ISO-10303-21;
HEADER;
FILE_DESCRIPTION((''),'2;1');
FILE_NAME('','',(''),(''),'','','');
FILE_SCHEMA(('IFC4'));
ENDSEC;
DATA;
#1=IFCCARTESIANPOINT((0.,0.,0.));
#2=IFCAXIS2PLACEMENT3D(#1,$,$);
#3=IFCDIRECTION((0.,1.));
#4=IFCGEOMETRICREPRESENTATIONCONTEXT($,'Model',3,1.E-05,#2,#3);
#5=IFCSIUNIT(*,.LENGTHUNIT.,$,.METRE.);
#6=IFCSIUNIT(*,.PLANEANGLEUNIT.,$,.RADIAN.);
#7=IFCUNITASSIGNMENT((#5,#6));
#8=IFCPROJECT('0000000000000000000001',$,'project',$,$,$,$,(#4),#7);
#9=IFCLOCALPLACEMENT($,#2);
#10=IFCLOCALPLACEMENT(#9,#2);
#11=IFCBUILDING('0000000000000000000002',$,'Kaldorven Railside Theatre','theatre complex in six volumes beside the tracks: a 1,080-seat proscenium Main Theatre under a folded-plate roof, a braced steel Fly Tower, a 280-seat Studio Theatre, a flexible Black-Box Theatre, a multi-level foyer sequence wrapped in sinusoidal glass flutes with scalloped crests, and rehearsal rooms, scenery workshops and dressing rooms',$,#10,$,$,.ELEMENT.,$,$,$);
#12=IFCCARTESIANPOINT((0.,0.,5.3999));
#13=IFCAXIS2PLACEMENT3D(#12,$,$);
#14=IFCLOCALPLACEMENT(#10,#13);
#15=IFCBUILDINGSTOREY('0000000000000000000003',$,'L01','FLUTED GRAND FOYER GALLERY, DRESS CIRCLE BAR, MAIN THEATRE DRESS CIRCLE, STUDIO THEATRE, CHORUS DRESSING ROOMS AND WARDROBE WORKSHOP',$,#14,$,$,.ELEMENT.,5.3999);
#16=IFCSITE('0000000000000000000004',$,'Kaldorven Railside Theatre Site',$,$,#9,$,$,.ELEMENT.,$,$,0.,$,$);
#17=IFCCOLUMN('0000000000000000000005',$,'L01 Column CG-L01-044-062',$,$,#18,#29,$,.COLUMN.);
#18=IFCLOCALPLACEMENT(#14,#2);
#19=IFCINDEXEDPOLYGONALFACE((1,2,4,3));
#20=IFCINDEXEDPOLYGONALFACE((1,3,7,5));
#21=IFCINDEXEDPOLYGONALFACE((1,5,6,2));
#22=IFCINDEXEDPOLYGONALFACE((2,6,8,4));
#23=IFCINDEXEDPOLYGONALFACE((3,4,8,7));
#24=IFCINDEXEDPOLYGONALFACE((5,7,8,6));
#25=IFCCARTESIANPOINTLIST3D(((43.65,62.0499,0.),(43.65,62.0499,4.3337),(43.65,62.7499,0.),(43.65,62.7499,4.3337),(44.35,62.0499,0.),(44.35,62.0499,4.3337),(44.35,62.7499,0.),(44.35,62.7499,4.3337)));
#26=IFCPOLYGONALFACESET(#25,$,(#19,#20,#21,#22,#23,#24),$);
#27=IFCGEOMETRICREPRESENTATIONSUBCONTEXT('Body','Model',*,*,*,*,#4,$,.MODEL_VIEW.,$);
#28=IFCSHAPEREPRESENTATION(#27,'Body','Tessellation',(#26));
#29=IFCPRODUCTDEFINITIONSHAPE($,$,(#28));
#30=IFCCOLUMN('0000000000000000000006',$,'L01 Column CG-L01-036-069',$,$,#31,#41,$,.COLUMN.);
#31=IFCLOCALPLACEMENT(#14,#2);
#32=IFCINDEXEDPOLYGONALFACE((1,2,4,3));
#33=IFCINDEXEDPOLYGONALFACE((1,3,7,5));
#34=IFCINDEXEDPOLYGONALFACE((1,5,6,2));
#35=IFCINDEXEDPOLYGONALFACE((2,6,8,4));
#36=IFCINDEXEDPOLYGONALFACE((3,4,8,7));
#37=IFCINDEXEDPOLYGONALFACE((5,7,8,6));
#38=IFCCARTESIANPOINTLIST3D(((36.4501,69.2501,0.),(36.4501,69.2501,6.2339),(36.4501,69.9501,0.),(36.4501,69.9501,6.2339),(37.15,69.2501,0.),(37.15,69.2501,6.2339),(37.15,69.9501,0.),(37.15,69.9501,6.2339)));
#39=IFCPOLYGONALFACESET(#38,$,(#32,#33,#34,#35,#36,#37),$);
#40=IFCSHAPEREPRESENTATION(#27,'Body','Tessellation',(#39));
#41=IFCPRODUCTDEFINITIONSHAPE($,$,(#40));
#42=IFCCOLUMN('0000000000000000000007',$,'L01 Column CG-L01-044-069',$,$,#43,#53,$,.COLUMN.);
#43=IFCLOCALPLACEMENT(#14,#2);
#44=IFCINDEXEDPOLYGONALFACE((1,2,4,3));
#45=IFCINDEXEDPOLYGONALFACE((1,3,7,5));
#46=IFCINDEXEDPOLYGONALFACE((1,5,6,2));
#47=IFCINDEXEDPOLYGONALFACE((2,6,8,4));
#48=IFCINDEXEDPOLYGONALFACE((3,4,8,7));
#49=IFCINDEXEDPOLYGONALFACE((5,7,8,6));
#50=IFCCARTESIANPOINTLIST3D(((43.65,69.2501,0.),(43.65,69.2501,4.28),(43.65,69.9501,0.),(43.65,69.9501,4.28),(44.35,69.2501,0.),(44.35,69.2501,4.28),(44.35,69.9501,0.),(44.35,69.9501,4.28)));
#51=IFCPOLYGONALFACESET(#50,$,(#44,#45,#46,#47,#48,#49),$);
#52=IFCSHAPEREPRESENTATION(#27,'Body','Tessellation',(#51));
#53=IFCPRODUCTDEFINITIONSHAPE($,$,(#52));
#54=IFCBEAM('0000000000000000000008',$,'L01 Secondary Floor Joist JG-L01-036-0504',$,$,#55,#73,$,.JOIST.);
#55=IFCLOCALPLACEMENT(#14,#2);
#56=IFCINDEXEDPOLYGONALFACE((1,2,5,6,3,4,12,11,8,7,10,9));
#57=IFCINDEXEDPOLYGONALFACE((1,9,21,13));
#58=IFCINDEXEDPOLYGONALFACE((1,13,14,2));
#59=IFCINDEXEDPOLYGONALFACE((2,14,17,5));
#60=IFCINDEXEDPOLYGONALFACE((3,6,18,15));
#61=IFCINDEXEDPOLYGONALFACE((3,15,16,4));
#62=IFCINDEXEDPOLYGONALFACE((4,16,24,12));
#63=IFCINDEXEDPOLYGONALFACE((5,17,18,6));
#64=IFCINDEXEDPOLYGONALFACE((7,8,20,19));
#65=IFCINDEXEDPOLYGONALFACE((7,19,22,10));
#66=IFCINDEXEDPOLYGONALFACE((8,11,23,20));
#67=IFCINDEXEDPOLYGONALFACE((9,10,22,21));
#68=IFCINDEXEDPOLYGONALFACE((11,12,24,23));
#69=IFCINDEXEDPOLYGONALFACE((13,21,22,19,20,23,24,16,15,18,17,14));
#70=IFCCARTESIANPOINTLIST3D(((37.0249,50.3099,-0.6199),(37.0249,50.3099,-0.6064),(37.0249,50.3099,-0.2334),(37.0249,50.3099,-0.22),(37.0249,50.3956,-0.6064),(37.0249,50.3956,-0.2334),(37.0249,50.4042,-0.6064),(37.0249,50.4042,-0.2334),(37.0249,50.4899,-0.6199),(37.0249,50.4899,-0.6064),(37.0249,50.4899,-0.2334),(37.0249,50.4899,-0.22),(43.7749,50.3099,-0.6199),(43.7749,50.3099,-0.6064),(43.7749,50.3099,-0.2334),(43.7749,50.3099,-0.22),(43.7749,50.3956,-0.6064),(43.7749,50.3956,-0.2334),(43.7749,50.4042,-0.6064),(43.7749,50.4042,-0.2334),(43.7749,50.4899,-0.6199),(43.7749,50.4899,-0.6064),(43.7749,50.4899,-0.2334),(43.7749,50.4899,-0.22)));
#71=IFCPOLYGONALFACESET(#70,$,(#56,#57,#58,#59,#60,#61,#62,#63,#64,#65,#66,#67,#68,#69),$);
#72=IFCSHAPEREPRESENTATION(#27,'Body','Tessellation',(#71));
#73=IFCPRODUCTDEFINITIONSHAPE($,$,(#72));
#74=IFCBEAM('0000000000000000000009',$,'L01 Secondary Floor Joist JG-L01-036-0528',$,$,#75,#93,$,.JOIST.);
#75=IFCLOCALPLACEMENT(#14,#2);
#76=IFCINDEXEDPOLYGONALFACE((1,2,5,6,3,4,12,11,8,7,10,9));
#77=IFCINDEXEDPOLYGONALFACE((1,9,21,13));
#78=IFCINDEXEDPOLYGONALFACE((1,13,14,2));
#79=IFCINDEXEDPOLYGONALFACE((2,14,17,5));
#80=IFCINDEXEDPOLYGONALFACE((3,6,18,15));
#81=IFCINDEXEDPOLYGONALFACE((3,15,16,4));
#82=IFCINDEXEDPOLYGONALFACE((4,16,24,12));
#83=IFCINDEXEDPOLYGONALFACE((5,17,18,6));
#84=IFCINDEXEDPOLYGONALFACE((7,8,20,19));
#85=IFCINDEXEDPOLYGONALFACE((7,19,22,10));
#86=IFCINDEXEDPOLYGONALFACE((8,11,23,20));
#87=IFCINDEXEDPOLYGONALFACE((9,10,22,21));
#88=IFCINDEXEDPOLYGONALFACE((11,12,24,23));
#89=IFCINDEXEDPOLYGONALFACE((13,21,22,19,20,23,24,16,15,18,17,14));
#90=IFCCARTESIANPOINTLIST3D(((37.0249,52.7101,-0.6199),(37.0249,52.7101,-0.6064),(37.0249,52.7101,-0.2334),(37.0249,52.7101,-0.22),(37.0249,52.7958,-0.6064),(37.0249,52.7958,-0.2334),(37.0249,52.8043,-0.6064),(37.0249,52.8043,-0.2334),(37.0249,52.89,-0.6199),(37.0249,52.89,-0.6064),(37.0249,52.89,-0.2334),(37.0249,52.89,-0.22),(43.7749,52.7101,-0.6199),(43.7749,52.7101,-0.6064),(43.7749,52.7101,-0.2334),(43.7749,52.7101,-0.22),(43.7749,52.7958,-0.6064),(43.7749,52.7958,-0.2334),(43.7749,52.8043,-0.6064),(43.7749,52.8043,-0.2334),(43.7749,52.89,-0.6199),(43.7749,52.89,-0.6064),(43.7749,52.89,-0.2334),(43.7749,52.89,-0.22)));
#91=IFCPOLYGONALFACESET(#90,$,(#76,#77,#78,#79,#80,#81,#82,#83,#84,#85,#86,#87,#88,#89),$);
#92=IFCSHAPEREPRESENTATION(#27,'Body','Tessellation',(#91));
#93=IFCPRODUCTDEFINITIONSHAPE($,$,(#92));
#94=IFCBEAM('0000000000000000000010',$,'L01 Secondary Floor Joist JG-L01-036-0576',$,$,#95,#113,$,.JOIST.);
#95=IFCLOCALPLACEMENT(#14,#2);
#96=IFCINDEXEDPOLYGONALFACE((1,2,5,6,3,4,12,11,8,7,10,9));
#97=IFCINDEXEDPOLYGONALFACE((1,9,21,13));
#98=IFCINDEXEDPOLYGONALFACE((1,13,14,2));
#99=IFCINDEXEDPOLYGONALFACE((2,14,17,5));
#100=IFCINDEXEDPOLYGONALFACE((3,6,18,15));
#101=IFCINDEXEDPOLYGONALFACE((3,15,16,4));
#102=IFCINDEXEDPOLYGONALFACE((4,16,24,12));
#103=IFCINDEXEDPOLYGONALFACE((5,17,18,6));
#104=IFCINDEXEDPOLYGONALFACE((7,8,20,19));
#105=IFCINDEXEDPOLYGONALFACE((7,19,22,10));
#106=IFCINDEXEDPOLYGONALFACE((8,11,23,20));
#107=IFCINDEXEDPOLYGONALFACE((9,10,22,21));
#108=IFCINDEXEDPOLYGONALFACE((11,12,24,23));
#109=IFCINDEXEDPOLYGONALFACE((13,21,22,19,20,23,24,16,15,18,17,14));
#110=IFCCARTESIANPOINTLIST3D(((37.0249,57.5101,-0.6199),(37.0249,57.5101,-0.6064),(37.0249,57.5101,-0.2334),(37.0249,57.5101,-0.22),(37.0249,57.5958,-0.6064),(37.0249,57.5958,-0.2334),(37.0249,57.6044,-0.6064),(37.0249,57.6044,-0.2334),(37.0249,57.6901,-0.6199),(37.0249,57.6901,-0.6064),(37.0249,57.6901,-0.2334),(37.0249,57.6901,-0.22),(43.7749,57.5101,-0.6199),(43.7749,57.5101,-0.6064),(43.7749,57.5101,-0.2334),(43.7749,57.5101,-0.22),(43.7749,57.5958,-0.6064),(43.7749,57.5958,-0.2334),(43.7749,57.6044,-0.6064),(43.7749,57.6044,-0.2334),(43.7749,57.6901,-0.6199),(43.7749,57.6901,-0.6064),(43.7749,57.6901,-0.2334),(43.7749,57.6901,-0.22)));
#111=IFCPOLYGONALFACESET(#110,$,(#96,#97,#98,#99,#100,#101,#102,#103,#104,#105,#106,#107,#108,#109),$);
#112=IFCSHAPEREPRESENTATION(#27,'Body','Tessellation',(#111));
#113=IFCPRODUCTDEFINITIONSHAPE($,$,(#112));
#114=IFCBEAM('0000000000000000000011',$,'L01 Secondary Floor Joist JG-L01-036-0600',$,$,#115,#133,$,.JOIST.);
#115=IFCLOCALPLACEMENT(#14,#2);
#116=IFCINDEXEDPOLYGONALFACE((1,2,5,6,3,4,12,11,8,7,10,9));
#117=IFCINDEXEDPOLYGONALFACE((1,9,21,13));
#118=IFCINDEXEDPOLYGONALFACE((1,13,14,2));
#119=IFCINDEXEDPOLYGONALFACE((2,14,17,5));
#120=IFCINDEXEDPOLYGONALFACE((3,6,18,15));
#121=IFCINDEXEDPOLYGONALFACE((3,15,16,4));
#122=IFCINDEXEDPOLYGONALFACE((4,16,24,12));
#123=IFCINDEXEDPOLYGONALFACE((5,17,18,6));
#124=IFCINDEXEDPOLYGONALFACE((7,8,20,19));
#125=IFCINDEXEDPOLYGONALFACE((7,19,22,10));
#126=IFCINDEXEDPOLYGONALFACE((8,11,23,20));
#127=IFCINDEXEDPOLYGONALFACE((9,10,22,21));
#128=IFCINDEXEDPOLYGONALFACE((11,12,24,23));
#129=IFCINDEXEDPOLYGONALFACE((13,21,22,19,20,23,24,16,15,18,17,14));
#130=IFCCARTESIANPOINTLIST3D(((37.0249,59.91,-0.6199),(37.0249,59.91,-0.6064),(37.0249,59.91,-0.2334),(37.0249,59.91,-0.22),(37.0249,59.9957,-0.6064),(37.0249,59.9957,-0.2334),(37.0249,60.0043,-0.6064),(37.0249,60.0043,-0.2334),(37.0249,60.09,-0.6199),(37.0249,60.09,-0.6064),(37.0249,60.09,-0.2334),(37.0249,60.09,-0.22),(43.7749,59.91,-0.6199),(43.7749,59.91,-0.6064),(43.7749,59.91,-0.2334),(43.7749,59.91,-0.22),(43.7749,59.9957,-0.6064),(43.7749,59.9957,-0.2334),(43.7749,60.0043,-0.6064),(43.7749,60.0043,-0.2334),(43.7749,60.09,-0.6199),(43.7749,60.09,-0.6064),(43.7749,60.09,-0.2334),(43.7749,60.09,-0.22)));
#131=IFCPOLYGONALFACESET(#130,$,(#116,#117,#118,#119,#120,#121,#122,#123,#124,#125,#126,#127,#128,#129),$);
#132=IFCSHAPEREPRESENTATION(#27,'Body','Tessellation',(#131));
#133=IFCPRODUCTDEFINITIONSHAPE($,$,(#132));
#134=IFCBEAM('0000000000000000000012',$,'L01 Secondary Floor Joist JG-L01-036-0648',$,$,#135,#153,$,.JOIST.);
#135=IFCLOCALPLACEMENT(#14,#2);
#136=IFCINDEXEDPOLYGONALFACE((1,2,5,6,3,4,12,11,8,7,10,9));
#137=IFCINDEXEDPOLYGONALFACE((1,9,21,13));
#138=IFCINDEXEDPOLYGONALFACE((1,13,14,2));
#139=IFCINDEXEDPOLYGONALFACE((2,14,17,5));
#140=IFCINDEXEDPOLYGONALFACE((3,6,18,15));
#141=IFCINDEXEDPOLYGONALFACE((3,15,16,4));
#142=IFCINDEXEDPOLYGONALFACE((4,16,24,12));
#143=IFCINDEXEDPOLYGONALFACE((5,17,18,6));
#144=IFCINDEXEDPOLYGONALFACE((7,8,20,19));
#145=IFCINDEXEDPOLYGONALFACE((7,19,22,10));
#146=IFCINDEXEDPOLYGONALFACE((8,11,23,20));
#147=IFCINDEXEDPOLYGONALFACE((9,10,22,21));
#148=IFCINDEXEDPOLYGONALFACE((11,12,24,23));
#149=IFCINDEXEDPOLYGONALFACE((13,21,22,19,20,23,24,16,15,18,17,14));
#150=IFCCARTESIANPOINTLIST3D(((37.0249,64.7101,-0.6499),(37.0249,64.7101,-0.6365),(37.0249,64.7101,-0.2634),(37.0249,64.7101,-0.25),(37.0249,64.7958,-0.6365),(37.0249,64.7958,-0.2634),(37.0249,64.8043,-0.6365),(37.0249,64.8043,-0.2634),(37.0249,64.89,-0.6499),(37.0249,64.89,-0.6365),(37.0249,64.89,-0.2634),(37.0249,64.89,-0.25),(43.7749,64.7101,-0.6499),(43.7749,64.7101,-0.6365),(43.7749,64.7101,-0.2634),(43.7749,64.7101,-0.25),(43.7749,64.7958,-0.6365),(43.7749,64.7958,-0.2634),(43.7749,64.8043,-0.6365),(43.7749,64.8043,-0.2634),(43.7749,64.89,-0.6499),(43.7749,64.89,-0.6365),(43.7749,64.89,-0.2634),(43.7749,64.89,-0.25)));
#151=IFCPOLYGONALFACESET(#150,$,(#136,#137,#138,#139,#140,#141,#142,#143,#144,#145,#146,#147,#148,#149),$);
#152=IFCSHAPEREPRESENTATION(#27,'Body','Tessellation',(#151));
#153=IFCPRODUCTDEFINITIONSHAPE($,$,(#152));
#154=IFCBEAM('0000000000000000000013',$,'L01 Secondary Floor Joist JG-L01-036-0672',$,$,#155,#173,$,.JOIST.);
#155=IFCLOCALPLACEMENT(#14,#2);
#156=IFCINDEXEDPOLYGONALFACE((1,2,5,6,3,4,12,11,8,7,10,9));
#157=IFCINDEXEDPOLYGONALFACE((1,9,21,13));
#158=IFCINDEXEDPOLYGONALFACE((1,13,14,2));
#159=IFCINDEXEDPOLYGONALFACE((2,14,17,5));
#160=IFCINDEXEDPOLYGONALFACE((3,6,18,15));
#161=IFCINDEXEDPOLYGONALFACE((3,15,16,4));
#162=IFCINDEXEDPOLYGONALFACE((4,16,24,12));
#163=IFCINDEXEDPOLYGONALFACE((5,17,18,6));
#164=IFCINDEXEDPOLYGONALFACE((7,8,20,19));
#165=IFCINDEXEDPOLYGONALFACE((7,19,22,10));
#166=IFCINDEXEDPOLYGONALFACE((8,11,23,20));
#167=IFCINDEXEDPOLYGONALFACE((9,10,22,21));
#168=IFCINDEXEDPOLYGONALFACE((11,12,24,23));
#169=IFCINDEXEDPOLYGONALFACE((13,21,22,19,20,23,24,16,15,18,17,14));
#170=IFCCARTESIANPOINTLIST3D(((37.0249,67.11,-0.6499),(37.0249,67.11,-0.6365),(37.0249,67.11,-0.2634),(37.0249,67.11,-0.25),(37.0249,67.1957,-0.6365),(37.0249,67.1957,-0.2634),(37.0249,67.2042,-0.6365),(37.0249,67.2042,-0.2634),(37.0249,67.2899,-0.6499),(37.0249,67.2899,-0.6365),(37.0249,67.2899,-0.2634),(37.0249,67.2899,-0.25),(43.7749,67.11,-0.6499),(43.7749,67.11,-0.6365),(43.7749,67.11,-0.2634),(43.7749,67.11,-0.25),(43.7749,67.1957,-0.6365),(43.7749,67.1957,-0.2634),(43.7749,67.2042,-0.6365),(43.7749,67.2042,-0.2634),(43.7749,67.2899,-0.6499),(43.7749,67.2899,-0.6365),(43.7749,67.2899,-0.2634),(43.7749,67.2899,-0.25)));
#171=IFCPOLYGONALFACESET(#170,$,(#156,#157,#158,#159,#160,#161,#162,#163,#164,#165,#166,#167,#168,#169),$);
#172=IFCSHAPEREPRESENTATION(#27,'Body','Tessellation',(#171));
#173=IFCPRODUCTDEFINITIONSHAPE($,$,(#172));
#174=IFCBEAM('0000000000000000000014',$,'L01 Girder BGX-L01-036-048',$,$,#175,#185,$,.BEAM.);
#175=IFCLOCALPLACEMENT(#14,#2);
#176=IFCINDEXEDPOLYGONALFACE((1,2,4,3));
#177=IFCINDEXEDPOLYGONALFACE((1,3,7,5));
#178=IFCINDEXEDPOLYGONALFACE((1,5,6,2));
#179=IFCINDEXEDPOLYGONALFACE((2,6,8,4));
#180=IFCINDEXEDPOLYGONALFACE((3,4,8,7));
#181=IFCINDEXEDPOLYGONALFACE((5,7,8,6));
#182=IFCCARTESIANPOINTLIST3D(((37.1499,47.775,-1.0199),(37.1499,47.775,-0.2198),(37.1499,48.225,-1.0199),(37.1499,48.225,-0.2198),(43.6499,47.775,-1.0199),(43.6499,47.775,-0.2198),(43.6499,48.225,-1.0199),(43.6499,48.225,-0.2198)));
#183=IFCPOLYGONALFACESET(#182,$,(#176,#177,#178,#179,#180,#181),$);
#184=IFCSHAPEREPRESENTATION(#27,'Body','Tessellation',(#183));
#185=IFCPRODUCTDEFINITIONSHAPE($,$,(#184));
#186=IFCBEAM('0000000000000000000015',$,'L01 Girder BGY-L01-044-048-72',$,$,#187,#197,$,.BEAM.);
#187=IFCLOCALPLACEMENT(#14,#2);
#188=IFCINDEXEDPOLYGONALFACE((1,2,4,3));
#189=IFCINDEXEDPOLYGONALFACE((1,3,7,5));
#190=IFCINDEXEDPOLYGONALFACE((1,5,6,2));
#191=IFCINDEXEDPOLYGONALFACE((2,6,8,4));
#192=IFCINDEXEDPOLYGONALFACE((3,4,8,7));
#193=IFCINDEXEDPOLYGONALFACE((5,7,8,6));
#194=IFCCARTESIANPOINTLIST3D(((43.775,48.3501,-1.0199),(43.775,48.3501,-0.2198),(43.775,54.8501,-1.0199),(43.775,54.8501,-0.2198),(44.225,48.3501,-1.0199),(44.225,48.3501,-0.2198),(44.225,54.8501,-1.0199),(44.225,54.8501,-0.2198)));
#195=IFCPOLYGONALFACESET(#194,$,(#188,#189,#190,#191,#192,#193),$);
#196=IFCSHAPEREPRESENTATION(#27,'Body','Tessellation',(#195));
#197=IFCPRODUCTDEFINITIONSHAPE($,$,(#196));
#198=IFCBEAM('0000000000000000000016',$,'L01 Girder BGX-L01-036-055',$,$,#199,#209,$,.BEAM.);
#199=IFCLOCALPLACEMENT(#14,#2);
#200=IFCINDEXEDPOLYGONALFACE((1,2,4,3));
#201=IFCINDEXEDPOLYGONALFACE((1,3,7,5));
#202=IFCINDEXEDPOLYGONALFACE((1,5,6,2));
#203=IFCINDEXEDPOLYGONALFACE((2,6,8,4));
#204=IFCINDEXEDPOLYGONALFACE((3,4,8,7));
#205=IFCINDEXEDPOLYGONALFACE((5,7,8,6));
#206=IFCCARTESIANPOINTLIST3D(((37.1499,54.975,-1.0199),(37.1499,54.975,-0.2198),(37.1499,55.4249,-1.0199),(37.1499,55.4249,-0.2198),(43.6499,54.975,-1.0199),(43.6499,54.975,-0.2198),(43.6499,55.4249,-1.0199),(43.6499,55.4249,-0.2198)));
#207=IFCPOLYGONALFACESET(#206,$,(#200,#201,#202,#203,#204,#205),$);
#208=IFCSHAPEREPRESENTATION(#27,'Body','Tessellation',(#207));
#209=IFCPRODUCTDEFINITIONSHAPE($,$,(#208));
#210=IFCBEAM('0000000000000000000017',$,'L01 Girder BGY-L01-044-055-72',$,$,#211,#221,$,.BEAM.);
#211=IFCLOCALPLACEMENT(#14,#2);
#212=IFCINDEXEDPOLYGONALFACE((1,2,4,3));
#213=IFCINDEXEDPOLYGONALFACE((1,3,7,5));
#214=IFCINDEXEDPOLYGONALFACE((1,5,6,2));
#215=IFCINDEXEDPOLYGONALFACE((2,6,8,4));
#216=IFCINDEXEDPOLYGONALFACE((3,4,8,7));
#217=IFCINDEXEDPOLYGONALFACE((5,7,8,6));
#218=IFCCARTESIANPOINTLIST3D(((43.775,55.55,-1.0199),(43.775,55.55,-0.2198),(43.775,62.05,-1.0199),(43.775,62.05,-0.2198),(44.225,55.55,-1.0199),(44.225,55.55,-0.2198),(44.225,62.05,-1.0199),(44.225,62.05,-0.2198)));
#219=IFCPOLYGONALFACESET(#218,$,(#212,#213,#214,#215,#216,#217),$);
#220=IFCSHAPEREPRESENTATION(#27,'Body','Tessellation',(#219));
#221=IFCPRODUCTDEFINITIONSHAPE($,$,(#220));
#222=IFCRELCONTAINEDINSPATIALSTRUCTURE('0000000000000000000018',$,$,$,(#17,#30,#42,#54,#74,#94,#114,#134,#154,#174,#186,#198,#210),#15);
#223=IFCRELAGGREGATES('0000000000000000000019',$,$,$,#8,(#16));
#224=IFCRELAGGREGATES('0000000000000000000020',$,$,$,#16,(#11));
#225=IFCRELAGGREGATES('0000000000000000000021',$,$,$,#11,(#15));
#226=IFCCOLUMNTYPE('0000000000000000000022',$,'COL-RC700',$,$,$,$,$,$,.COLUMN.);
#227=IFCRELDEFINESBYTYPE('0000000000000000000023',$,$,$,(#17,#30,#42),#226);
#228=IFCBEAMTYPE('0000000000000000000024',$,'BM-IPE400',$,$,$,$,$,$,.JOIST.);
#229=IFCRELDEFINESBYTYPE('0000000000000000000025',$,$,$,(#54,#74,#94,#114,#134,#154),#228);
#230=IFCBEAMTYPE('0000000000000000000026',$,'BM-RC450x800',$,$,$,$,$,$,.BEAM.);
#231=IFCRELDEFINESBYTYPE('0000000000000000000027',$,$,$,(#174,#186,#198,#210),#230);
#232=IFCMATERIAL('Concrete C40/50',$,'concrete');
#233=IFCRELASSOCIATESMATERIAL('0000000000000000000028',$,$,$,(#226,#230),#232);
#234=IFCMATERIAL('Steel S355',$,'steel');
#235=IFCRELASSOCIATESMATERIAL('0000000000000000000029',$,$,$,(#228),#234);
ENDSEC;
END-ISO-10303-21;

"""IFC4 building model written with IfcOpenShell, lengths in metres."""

from ifc_helpers import new_model, si_unit, direction, frame, origin, origin_2d, place, context, subcontext, project, spatial, rectangle, i_section, extrude, material, material_profile, profile_set, type_object, element, save


model = new_model("IFC4")

# Units and contexts
model_context = context("Model", 3, precision=1e-05, world=origin(), true_north=direction((0.0, 1.0)))
body_context = subcontext(model_context, "Body", "Model", "MODEL_VIEW")
ifc_project = project(units=[si_unit("LENGTHUNIT", "METRE"), si_unit("PLANEANGLEUNIT", "RADIAN")], contexts=[model_context])

# Site, building, storey
site_placement = place(None, origin())
site = spatial("IfcSite", under=ifc_project, at=site_placement, Name="Kaldorven Railside Theatre Site", CompositionType="ELEMENT", RefElevation=0.0)
building_placement = place(site_placement, origin())
building = spatial("IfcBuilding", under=site, at=building_placement, Name="Kaldorven Railside Theatre", Description="theatre complex in six volumes beside the tracks: a 1,080-seat proscenium Main Theatre under a folded-plate roof, a braced steel Fly Tower, a 280-seat Studio Theatre, a flexible Black-Box Theatre, a multi-level foyer sequence wrapped in sinusoidal glass flutes with scalloped crests, and rehearsal rooms, scenery workshops and dressing rooms", CompositionType="ELEMENT")
storey_placement = place(building_placement, frame((0.0, 0.0, 5.3999)))
storey = spatial("IfcBuildingStorey", under=building, at=storey_placement, Name="L01", Description="FLUTED GRAND FOYER GALLERY, DRESS CIRCLE BAR, MAIN THEATRE DRESS CIRCLE, STUDIO THEATRE, CHORUS DRESSING ROOMS AND WARDROBE WORKSHOP", CompositionType="ELEMENT", Elevation=5.3999)

# Columns
ifc_material_1 = material(Name="Concrete C40/50", Category="concrete")
ifc_material_profile_1 = material_profile(ifc_material_1, rectangle(XDim=0.7, YDim=0.7, at=origin_2d()), Name="RC 700x700")
ifc_profile_set_1 = profile_set([ifc_material_profile_1], Name="Concrete C40/50")
column_type = type_object("IfcColumnType", Name="COL-RC700", PredefinedType="COLUMN", material=ifc_profile_set_1)
column_1_placement = place(storey_placement, frame((44.0, 62.3999, 0.0), z_axis=(0.0, 0.0, 1.0), x_axis=(1.0, 0.0, 0.0)))
element("IfcColumn", 1, at=column_1_placement, inside=storey, type_object=column_type, Name="L01 Column CG-L01-044-062", PredefinedType="COLUMN", context=body_context, shape_type="SweptSolid", body=[
    extrude(rectangle(XDim=0.7, YDim=0.7, at=origin_2d()), origin(), (0.0, 0.0, 1.0), 4.3337),
])
column_2_placement = place(storey_placement, frame((36.8, 69.6001, 0.0), z_axis=(0.0, 0.0, 1.0), x_axis=(1.0, 0.0, 0.0)))
element("IfcColumn", 2, at=column_2_placement, inside=storey, type_object=column_type, Name="L01 Column CG-L01-036-069", PredefinedType="COLUMN", context=body_context, shape_type="SweptSolid", body=[
    extrude(rectangle(XDim=0.7, YDim=0.7, at=origin_2d()), origin(), (0.0, 0.0, 1.0), 6.2339),
])
column_3_placement = place(storey_placement, frame((44.0, 69.6001, 0.0), z_axis=(0.0, 0.0, 1.0), x_axis=(0.0, 1.0, 0.0)))
element("IfcColumn", 3, at=column_3_placement, inside=storey, type_object=column_type, Name="L01 Column CG-L01-044-069", PredefinedType="COLUMN", context=body_context, shape_type="SweptSolid", body=[
    extrude(rectangle(XDim=0.7, YDim=0.7, at=origin_2d()), origin(), (0.0, 0.0, 1.0), 4.28),
])

# Beams
ifc_material_2 = material(Name="Steel S355", Category="steel")
ifc_material_profile_2 = material_profile(ifc_material_2, i_section(OverallWidth=0.1799, OverallDepth=0.3999, WebThickness=0.0085, FlangeThickness=0.0134, at=origin_2d()), Name="IPE 400")
ifc_profile_set_2 = profile_set([ifc_material_profile_2], Name="Steel S355")
beam_type_1 = type_object("IfcBeamType", Name="BM-IPE400", PredefinedType="JOIST", material=ifc_profile_set_2)
for number, where, z_axis, x_axis, name in (
    (4, (37.0249, 50.3999, -0.4199), (1.0, 0.0, 0.0), (0.0, 1.0, 0.0), "L01 Secondary Floor Joist JG-L01-036-0504"),
    (5, (37.0249, 52.8, -0.4199), (1.0, 0.0, 0.0), (0.0, 1.0, 0.0), "L01 Secondary Floor Joist JG-L01-036-0528"),
    (6, (37.0249, 57.6001, -0.4199), (1.0, 0.0, 0.0), (0.0, 1.0, 0.0), "L01 Secondary Floor Joist JG-L01-036-0576"),
    (7, (37.0249, 60.0, -0.4199), (1.0, 0.0, 0.0), (0.0, 1.0, 0.0), "L01 Secondary Floor Joist JG-L01-036-0600"),
    (8, (37.0249, 64.8, -0.45), (1.0, 0.0, 0.0), (0.0, 1.0, 0.0), "L01 Secondary Floor Joist JG-L01-036-0648"),
    (9, (37.0249, 67.2, -0.45), (1.0, 0.0, 0.0), (0.0, 1.0, 0.0), "L01 Secondary Floor Joist JG-L01-036-0672"),
):
    element("IfcBeam", number, at=place(storey_placement, frame(where, z_axis=z_axis, x_axis=x_axis)), inside=storey, type_object=beam_type_1, Name=name, PredefinedType="JOIST", context=body_context, shape_type="SweptSolid", body=[
        extrude(i_section(OverallWidth=0.1799, OverallDepth=0.3999, WebThickness=0.0085, FlangeThickness=0.0134, at=origin_2d()), origin(), (0.0, 0.0, 1.0), 6.75),
    ])
ifc_material_profile_3 = material_profile(ifc_material_1, rectangle(XDim=0.45, YDim=0.8, at=origin_2d()), Name="RC 450x800")
ifc_profile_set_3 = profile_set([ifc_material_profile_3], Name="Concrete C40/50")
beam_type_2 = type_object("IfcBeamType", Name="BM-RC450x800", PredefinedType="BEAM", material=ifc_profile_set_3)
for number, where, z_axis, x_axis, name in (
    (10, (37.1499, 48.0, -0.6199), (1.0, 0.0, 0.0), (0.0, 1.0, 0.0), "L01 Girder BGX-L01-036-048"),
    (11, (44.0, 48.3501, -0.6199), (0.0, 1.0, 0.0), (-1.0, 0.0, 0.0), "L01 Girder BGY-L01-044-048-72"),
    (12, (37.1499, 55.2, -0.6199), (1.0, 0.0, 0.0), (0.0, 1.0, 0.0), "L01 Girder BGX-L01-036-055"),
    (13, (44.0, 55.55, -0.6199), (0.0, 1.0, 0.0), (-1.0, 0.0, 0.0), "L01 Girder BGY-L01-044-055-72"),
):
    element("IfcBeam", number, at=place(storey_placement, frame(where, z_axis=z_axis, x_axis=x_axis)), inside=storey, type_object=beam_type_2, Name=name, PredefinedType="BEAM", context=body_context, shape_type="SweptSolid", body=[
        extrude(rectangle(XDim=0.45, YDim=0.8, at=origin_2d()), origin(), (0.0, 0.0, 1.0), 6.5),
    ])

save(model, "model.ifc")
